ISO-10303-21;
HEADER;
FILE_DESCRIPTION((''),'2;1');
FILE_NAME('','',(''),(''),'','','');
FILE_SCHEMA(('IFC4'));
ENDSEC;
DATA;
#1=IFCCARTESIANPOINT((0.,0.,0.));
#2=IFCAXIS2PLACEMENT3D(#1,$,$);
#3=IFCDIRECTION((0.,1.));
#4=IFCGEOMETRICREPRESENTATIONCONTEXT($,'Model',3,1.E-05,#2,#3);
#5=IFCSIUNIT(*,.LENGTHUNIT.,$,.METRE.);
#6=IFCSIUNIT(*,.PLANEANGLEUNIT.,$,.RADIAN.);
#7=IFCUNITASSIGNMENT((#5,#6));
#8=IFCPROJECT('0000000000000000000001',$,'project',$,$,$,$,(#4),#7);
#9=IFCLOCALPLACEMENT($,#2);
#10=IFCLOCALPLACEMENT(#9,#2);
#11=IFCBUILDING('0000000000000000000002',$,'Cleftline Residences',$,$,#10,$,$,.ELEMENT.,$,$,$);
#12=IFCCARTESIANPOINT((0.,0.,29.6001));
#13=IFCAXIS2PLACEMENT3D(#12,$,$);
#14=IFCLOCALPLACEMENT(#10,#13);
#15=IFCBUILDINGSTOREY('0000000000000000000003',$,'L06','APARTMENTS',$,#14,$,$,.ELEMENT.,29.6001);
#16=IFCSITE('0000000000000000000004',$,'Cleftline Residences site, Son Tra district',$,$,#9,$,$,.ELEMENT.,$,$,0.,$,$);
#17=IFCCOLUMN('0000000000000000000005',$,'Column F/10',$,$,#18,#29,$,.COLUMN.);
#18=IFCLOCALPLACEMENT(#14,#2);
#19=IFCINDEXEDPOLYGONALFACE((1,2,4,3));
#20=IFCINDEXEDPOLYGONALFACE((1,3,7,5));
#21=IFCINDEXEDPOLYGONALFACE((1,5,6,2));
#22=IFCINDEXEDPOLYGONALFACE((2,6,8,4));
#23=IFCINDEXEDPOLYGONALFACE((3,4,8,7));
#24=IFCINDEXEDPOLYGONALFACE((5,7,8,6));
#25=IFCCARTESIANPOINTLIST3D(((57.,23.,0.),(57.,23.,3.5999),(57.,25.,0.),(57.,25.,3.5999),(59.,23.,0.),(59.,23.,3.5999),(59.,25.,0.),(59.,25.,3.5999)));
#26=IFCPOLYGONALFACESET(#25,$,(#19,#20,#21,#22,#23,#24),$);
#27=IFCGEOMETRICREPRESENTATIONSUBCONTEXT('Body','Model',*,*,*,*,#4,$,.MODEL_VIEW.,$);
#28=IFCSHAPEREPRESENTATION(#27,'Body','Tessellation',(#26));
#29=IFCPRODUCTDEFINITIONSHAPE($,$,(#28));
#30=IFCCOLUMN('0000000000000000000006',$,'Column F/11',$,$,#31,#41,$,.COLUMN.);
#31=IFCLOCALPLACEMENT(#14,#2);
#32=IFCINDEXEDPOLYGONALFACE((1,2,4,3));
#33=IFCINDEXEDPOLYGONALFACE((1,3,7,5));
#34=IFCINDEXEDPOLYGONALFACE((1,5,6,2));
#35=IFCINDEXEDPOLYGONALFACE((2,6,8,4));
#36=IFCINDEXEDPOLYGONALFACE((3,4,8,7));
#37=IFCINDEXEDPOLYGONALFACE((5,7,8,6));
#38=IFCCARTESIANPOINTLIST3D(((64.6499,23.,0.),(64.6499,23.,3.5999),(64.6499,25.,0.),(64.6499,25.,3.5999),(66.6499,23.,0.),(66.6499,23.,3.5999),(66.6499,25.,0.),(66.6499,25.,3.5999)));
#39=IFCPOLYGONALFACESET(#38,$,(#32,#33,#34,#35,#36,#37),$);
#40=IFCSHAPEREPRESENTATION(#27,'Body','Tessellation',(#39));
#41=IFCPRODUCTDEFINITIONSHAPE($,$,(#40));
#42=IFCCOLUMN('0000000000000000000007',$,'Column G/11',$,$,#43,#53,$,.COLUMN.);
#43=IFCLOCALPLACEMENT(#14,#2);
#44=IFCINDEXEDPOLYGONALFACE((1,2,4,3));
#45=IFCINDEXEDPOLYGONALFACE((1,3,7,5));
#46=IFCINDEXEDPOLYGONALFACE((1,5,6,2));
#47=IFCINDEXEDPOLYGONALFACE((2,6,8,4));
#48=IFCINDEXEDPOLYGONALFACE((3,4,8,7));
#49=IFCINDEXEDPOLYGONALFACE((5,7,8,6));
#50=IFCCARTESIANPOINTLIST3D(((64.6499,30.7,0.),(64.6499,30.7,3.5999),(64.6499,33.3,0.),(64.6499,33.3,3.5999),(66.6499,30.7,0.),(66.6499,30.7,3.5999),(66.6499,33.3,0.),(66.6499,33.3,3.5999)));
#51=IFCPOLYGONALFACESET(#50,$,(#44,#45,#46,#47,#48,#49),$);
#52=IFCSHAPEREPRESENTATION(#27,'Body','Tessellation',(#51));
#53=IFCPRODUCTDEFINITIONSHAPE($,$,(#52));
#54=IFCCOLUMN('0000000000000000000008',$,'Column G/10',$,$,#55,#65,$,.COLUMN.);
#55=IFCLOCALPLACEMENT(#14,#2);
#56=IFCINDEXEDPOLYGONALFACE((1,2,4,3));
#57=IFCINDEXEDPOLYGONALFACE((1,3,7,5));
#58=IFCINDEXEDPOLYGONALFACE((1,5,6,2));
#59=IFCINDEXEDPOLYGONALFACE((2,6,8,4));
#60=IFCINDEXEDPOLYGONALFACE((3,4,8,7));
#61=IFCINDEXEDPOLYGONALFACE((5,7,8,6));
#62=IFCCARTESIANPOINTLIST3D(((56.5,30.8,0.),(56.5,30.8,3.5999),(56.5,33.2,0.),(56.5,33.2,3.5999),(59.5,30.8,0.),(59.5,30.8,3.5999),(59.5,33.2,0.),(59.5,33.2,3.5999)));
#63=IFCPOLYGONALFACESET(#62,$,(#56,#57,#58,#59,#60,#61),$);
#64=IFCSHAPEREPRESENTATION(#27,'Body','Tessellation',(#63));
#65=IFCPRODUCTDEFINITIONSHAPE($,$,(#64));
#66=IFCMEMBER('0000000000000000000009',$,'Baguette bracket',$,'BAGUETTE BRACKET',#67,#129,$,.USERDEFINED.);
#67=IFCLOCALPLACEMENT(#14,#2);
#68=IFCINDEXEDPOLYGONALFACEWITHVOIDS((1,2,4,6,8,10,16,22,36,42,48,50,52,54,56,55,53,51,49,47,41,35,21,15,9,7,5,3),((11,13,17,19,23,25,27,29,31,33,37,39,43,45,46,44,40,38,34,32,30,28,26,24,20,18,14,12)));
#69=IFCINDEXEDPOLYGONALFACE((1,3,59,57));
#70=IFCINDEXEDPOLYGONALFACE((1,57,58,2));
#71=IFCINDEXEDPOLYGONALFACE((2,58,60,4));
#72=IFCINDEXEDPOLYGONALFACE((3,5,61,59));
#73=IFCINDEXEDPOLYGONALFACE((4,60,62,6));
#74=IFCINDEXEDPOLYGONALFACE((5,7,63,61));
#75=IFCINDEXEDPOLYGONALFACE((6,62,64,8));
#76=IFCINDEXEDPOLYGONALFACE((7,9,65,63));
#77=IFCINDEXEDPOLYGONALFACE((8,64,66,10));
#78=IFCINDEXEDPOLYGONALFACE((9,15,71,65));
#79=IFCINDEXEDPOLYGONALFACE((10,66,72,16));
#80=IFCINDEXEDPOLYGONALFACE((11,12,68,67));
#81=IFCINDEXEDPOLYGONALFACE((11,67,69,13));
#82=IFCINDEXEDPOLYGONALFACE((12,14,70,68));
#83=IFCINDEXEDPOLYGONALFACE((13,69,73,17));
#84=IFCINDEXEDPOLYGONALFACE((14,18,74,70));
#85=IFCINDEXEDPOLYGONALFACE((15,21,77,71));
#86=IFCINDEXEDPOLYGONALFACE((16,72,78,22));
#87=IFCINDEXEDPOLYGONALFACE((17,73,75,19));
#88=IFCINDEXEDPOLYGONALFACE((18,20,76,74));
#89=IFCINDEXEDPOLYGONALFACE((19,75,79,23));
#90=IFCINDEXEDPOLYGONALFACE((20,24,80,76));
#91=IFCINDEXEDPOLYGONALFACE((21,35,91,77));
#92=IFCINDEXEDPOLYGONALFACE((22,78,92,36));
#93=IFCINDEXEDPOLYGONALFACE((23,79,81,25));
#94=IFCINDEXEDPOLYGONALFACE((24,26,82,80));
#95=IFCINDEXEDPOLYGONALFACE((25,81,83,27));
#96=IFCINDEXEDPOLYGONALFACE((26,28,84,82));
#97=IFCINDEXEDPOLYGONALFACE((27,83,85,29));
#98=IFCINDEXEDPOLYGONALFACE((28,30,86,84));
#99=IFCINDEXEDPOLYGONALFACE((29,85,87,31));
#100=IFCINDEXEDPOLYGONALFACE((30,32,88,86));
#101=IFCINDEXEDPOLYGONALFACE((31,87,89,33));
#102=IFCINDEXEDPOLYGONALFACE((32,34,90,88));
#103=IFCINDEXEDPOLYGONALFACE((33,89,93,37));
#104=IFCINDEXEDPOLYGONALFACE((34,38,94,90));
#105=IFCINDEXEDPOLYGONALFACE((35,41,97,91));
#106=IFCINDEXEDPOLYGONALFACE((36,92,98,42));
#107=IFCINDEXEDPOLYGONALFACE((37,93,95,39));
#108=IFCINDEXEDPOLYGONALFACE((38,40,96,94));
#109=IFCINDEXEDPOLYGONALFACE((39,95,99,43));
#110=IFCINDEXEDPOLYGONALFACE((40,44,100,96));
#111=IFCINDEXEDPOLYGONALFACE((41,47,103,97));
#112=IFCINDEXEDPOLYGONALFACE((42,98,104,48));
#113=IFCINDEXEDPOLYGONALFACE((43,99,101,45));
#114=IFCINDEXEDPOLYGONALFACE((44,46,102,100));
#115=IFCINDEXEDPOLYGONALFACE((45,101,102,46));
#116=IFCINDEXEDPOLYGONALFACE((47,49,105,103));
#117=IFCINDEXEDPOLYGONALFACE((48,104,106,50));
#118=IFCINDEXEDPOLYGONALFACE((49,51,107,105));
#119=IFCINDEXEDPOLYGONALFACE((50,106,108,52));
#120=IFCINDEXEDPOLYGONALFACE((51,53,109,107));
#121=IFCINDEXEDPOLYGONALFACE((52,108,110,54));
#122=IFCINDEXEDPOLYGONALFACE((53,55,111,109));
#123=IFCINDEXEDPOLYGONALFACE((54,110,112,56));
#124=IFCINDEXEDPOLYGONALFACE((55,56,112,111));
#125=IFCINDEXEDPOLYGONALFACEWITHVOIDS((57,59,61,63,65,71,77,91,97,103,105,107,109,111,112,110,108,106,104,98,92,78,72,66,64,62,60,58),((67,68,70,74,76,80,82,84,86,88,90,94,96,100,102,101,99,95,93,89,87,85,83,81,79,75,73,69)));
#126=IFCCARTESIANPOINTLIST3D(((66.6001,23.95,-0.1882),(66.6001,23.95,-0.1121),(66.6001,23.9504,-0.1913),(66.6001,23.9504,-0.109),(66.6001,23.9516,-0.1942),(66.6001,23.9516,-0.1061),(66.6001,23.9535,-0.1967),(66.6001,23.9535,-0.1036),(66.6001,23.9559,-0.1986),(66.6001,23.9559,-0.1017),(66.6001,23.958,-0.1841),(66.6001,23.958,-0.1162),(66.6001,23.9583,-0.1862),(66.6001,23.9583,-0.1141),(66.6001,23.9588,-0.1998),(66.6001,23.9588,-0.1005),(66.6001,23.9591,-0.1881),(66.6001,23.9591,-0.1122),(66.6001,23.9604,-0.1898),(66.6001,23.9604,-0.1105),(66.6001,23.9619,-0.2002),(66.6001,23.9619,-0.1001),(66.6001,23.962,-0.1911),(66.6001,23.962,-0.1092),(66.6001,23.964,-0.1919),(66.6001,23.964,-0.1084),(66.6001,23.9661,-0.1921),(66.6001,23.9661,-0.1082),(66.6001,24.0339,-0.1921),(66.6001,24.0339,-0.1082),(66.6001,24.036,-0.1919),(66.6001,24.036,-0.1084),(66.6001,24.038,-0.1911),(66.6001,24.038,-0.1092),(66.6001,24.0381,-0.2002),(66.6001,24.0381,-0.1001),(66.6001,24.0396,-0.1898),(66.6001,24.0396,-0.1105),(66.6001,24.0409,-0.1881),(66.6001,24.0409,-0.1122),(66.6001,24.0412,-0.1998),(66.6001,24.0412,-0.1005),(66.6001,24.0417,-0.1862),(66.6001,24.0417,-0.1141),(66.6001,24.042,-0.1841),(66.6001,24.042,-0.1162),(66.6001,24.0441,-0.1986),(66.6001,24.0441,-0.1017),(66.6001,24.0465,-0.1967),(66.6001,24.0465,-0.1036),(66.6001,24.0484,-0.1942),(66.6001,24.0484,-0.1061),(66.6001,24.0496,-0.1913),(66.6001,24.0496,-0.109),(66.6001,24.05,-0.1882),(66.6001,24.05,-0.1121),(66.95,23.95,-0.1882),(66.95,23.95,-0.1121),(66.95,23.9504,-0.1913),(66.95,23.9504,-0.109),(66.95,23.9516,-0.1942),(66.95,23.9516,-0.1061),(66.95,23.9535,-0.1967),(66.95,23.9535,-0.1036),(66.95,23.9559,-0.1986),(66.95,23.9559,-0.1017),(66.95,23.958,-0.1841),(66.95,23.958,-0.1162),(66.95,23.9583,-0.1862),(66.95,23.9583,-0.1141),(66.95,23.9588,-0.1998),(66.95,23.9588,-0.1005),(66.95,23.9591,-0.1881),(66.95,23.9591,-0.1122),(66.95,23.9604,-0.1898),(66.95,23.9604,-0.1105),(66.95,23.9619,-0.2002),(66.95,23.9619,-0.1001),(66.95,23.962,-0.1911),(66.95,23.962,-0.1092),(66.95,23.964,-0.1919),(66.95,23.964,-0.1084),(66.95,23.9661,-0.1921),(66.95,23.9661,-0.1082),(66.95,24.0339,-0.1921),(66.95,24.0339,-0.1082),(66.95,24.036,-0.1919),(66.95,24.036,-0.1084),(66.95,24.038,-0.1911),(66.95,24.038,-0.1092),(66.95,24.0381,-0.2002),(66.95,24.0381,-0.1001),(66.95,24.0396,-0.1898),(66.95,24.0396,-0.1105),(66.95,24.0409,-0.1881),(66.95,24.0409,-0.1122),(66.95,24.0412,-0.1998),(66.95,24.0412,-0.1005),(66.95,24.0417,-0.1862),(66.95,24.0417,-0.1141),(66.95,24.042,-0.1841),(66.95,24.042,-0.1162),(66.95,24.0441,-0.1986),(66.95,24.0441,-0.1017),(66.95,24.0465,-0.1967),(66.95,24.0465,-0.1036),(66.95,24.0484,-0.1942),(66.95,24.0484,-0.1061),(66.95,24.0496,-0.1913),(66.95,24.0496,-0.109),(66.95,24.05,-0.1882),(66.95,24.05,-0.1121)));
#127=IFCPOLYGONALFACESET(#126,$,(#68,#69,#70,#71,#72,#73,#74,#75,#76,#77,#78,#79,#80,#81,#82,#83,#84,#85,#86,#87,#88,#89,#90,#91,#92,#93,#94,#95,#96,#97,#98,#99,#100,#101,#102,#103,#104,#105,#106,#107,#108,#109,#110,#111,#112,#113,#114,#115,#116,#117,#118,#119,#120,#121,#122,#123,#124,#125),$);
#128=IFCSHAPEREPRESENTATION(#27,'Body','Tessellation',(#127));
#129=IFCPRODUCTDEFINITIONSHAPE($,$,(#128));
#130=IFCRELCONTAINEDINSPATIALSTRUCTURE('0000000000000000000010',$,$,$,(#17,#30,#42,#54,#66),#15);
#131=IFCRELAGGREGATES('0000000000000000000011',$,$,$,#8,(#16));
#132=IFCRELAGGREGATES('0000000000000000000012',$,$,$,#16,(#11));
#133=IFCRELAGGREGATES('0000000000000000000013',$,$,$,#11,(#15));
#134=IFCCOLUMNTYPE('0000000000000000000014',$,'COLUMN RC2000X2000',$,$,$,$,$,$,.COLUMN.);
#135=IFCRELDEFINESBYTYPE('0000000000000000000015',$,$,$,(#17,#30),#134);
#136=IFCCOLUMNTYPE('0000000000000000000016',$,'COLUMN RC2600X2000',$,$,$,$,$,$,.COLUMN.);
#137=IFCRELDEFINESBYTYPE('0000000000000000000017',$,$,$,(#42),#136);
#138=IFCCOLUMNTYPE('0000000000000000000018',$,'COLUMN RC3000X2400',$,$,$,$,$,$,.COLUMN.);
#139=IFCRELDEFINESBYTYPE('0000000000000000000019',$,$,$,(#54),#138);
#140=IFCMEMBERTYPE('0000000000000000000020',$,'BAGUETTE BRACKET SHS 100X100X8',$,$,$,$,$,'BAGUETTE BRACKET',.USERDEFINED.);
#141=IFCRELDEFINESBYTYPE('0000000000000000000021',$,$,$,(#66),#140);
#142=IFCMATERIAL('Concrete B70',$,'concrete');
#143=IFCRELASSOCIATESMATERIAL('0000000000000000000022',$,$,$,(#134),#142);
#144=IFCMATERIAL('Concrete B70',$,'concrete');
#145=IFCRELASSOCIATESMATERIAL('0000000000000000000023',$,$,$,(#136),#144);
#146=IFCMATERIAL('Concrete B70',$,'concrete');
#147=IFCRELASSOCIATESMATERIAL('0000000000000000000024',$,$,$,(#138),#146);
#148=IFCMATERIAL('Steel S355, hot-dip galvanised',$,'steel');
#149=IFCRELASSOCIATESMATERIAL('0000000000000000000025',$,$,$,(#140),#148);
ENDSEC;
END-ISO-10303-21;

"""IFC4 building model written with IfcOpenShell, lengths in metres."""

from ifc_helpers import new_model, si_unit, direction, frame, origin, origin_2d, place, context, subcontext, project, spatial, rectangle, hollow_rectangle, extrude, material, material_profile, profile_set, type_object, element, save


model = new_model("IFC4")

# Units and contexts
model_context = context("Model", 3, precision=1e-05, world=origin(), true_north=direction((0.0, 1.0)))
body_context = subcontext(model_context, "Body", "Model", "MODEL_VIEW")
ifc_project = project(units=[si_unit("LENGTHUNIT", "METRE"), si_unit("PLANEANGLEUNIT", "RADIAN")], contexts=[model_context])

# Site, building, storey
site_placement = place(None, origin())
site = spatial("IfcSite", under=ifc_project, at=site_placement, Name="Cleftline Residences site, Son Tra district", CompositionType="ELEMENT", RefElevation=0.0)
building_placement = place(site_placement, origin())
building = spatial("IfcBuilding", under=site, at=building_placement, Name="Cleftline Residences", CompositionType="ELEMENT")
storey_placement = place(building_placement, frame((0.0, 0.0, 29.6001)))
storey = spatial("IfcBuildingStorey", under=building, at=storey_placement, Name="L06", Description="APARTMENTS", CompositionType="ELEMENT", Elevation=29.6001)

# Columns
ifc_material_1 = material(Name="Concrete B70", Category="concrete")
ifc_material_profile_1 = material_profile(ifc_material_1, rectangle(XDim=2.0, YDim=2.0, at=origin_2d()))
ifc_profile_set_1 = profile_set([ifc_material_profile_1], Name="Concrete B70")
column_type_1 = type_object("IfcColumnType", Name="COLUMN RC2000X2000", PredefinedType="COLUMN", material=ifc_profile_set_1)
for number, where, z_axis, x_axis, name in (
    (1, (58.0, 24.0, 0.0), (0.0, 0.0, 1.0), (1.0, 0.0, 0.0), "Column F/10"),
    (2, (65.6499, 24.0, 0.0), (0.0, 0.0, 1.0), (1.0, 0.0, 0.0), "Column F/11"),
):
    element("IfcColumn", number, at=place(storey_placement, frame(where, z_axis=z_axis, x_axis=x_axis)), inside=storey, type_object=column_type_1, Name=name, PredefinedType="COLUMN", context=body_context, shape_type="SweptSolid", body=[
        extrude(rectangle(XDim=2.0, YDim=2.0, at=origin_2d()), origin(), (0.0, 0.0, 1.0), 3.5999),
    ])
ifc_material_2 = material(Name="Concrete B70", Category="concrete")
ifc_material_profile_2 = material_profile(ifc_material_2, rectangle(XDim=2.6001, YDim=2.0, at=origin_2d()))
ifc_profile_set_2 = profile_set([ifc_material_profile_2], Name="Concrete B70")
column_type_2 = type_object("IfcColumnType", Name="COLUMN RC2600X2000", PredefinedType="COLUMN", material=ifc_profile_set_2)
column_1_placement = place(storey_placement, frame((65.6499, 32.0, 0.0), z_axis=(0.0, 0.0, 1.0), x_axis=(0.0, 1.0, 0.0)))
element("IfcColumn", 3, at=column_1_placement, inside=storey, type_object=column_type_2, Name="Column G/11", PredefinedType="COLUMN", context=body_context, shape_type="SweptSolid", body=[
    extrude(rectangle(XDim=2.6001, YDim=2.0, at=origin_2d()), origin(), (0.0, 0.0, 1.0), 3.5999),
])
ifc_material_3 = material(Name="Concrete B70", Category="concrete")
ifc_material_profile_3 = material_profile(ifc_material_3, rectangle(XDim=3.0, YDim=2.3999, at=origin_2d()))
ifc_profile_set_3 = profile_set([ifc_material_profile_3], Name="Concrete B70")
column_type_3 = type_object("IfcColumnType", Name="COLUMN RC3000X2400", PredefinedType="COLUMN", material=ifc_profile_set_3)
column_2_placement = place(storey_placement, frame((58.0, 32.0, 0.0), z_axis=(0.0, 0.0, 1.0), x_axis=(1.0, 0.0, 0.0)))
element("IfcColumn", 4, at=column_2_placement, inside=storey, type_object=column_type_3, Name="Column G/10", PredefinedType="COLUMN", context=body_context, shape_type="SweptSolid", body=[
    extrude(rectangle(XDim=3.0, YDim=2.3999, at=origin_2d()), origin(), (0.0, 0.0, 1.0), 3.5999),
])

# Member
ifc_material_4 = material(Name="Steel S355, hot-dip galvanised", Category="steel")
ifc_material_profile_4 = material_profile(ifc_material_4, hollow_rectangle(XDim=0.1001, YDim=0.1001, WallThickness=0.0081, InnerFilletRadius=0.0081, OuterFilletRadius=0.012, at=origin_2d()))
ifc_profile_set_4 = profile_set([ifc_material_profile_4], Name="Steel S355, hot-dip galvanised")
member_type_1 = type_object("IfcMemberType", Name="BAGUETTE BRACKET SHS 100X100X8", ElementType="BAGUETTE BRACKET", PredefinedType="USERDEFINED", material=ifc_profile_set_4)
member_1_placement = place(storey_placement, frame((66.6001, 24.0, -0.1501), z_axis=(1.0, 0.0, 0.0), x_axis=(0.0, 1.0, 0.0)))
element("IfcMember", 5, at=member_1_placement, inside=storey, type_object=member_type_1, Name="Baguette bracket", ObjectType="BAGUETTE BRACKET", PredefinedType="USERDEFINED", context=body_context, shape_type="SweptSolid", body=[
    extrude(hollow_rectangle(XDim=0.1001, YDim=0.1001, WallThickness=0.0081, InnerFilletRadius=0.0081, OuterFilletRadius=0.012, at=origin_2d()), origin(), (0.0, 0.0, 1.0), 0.3499),
])

save(model, "model.ifc")
